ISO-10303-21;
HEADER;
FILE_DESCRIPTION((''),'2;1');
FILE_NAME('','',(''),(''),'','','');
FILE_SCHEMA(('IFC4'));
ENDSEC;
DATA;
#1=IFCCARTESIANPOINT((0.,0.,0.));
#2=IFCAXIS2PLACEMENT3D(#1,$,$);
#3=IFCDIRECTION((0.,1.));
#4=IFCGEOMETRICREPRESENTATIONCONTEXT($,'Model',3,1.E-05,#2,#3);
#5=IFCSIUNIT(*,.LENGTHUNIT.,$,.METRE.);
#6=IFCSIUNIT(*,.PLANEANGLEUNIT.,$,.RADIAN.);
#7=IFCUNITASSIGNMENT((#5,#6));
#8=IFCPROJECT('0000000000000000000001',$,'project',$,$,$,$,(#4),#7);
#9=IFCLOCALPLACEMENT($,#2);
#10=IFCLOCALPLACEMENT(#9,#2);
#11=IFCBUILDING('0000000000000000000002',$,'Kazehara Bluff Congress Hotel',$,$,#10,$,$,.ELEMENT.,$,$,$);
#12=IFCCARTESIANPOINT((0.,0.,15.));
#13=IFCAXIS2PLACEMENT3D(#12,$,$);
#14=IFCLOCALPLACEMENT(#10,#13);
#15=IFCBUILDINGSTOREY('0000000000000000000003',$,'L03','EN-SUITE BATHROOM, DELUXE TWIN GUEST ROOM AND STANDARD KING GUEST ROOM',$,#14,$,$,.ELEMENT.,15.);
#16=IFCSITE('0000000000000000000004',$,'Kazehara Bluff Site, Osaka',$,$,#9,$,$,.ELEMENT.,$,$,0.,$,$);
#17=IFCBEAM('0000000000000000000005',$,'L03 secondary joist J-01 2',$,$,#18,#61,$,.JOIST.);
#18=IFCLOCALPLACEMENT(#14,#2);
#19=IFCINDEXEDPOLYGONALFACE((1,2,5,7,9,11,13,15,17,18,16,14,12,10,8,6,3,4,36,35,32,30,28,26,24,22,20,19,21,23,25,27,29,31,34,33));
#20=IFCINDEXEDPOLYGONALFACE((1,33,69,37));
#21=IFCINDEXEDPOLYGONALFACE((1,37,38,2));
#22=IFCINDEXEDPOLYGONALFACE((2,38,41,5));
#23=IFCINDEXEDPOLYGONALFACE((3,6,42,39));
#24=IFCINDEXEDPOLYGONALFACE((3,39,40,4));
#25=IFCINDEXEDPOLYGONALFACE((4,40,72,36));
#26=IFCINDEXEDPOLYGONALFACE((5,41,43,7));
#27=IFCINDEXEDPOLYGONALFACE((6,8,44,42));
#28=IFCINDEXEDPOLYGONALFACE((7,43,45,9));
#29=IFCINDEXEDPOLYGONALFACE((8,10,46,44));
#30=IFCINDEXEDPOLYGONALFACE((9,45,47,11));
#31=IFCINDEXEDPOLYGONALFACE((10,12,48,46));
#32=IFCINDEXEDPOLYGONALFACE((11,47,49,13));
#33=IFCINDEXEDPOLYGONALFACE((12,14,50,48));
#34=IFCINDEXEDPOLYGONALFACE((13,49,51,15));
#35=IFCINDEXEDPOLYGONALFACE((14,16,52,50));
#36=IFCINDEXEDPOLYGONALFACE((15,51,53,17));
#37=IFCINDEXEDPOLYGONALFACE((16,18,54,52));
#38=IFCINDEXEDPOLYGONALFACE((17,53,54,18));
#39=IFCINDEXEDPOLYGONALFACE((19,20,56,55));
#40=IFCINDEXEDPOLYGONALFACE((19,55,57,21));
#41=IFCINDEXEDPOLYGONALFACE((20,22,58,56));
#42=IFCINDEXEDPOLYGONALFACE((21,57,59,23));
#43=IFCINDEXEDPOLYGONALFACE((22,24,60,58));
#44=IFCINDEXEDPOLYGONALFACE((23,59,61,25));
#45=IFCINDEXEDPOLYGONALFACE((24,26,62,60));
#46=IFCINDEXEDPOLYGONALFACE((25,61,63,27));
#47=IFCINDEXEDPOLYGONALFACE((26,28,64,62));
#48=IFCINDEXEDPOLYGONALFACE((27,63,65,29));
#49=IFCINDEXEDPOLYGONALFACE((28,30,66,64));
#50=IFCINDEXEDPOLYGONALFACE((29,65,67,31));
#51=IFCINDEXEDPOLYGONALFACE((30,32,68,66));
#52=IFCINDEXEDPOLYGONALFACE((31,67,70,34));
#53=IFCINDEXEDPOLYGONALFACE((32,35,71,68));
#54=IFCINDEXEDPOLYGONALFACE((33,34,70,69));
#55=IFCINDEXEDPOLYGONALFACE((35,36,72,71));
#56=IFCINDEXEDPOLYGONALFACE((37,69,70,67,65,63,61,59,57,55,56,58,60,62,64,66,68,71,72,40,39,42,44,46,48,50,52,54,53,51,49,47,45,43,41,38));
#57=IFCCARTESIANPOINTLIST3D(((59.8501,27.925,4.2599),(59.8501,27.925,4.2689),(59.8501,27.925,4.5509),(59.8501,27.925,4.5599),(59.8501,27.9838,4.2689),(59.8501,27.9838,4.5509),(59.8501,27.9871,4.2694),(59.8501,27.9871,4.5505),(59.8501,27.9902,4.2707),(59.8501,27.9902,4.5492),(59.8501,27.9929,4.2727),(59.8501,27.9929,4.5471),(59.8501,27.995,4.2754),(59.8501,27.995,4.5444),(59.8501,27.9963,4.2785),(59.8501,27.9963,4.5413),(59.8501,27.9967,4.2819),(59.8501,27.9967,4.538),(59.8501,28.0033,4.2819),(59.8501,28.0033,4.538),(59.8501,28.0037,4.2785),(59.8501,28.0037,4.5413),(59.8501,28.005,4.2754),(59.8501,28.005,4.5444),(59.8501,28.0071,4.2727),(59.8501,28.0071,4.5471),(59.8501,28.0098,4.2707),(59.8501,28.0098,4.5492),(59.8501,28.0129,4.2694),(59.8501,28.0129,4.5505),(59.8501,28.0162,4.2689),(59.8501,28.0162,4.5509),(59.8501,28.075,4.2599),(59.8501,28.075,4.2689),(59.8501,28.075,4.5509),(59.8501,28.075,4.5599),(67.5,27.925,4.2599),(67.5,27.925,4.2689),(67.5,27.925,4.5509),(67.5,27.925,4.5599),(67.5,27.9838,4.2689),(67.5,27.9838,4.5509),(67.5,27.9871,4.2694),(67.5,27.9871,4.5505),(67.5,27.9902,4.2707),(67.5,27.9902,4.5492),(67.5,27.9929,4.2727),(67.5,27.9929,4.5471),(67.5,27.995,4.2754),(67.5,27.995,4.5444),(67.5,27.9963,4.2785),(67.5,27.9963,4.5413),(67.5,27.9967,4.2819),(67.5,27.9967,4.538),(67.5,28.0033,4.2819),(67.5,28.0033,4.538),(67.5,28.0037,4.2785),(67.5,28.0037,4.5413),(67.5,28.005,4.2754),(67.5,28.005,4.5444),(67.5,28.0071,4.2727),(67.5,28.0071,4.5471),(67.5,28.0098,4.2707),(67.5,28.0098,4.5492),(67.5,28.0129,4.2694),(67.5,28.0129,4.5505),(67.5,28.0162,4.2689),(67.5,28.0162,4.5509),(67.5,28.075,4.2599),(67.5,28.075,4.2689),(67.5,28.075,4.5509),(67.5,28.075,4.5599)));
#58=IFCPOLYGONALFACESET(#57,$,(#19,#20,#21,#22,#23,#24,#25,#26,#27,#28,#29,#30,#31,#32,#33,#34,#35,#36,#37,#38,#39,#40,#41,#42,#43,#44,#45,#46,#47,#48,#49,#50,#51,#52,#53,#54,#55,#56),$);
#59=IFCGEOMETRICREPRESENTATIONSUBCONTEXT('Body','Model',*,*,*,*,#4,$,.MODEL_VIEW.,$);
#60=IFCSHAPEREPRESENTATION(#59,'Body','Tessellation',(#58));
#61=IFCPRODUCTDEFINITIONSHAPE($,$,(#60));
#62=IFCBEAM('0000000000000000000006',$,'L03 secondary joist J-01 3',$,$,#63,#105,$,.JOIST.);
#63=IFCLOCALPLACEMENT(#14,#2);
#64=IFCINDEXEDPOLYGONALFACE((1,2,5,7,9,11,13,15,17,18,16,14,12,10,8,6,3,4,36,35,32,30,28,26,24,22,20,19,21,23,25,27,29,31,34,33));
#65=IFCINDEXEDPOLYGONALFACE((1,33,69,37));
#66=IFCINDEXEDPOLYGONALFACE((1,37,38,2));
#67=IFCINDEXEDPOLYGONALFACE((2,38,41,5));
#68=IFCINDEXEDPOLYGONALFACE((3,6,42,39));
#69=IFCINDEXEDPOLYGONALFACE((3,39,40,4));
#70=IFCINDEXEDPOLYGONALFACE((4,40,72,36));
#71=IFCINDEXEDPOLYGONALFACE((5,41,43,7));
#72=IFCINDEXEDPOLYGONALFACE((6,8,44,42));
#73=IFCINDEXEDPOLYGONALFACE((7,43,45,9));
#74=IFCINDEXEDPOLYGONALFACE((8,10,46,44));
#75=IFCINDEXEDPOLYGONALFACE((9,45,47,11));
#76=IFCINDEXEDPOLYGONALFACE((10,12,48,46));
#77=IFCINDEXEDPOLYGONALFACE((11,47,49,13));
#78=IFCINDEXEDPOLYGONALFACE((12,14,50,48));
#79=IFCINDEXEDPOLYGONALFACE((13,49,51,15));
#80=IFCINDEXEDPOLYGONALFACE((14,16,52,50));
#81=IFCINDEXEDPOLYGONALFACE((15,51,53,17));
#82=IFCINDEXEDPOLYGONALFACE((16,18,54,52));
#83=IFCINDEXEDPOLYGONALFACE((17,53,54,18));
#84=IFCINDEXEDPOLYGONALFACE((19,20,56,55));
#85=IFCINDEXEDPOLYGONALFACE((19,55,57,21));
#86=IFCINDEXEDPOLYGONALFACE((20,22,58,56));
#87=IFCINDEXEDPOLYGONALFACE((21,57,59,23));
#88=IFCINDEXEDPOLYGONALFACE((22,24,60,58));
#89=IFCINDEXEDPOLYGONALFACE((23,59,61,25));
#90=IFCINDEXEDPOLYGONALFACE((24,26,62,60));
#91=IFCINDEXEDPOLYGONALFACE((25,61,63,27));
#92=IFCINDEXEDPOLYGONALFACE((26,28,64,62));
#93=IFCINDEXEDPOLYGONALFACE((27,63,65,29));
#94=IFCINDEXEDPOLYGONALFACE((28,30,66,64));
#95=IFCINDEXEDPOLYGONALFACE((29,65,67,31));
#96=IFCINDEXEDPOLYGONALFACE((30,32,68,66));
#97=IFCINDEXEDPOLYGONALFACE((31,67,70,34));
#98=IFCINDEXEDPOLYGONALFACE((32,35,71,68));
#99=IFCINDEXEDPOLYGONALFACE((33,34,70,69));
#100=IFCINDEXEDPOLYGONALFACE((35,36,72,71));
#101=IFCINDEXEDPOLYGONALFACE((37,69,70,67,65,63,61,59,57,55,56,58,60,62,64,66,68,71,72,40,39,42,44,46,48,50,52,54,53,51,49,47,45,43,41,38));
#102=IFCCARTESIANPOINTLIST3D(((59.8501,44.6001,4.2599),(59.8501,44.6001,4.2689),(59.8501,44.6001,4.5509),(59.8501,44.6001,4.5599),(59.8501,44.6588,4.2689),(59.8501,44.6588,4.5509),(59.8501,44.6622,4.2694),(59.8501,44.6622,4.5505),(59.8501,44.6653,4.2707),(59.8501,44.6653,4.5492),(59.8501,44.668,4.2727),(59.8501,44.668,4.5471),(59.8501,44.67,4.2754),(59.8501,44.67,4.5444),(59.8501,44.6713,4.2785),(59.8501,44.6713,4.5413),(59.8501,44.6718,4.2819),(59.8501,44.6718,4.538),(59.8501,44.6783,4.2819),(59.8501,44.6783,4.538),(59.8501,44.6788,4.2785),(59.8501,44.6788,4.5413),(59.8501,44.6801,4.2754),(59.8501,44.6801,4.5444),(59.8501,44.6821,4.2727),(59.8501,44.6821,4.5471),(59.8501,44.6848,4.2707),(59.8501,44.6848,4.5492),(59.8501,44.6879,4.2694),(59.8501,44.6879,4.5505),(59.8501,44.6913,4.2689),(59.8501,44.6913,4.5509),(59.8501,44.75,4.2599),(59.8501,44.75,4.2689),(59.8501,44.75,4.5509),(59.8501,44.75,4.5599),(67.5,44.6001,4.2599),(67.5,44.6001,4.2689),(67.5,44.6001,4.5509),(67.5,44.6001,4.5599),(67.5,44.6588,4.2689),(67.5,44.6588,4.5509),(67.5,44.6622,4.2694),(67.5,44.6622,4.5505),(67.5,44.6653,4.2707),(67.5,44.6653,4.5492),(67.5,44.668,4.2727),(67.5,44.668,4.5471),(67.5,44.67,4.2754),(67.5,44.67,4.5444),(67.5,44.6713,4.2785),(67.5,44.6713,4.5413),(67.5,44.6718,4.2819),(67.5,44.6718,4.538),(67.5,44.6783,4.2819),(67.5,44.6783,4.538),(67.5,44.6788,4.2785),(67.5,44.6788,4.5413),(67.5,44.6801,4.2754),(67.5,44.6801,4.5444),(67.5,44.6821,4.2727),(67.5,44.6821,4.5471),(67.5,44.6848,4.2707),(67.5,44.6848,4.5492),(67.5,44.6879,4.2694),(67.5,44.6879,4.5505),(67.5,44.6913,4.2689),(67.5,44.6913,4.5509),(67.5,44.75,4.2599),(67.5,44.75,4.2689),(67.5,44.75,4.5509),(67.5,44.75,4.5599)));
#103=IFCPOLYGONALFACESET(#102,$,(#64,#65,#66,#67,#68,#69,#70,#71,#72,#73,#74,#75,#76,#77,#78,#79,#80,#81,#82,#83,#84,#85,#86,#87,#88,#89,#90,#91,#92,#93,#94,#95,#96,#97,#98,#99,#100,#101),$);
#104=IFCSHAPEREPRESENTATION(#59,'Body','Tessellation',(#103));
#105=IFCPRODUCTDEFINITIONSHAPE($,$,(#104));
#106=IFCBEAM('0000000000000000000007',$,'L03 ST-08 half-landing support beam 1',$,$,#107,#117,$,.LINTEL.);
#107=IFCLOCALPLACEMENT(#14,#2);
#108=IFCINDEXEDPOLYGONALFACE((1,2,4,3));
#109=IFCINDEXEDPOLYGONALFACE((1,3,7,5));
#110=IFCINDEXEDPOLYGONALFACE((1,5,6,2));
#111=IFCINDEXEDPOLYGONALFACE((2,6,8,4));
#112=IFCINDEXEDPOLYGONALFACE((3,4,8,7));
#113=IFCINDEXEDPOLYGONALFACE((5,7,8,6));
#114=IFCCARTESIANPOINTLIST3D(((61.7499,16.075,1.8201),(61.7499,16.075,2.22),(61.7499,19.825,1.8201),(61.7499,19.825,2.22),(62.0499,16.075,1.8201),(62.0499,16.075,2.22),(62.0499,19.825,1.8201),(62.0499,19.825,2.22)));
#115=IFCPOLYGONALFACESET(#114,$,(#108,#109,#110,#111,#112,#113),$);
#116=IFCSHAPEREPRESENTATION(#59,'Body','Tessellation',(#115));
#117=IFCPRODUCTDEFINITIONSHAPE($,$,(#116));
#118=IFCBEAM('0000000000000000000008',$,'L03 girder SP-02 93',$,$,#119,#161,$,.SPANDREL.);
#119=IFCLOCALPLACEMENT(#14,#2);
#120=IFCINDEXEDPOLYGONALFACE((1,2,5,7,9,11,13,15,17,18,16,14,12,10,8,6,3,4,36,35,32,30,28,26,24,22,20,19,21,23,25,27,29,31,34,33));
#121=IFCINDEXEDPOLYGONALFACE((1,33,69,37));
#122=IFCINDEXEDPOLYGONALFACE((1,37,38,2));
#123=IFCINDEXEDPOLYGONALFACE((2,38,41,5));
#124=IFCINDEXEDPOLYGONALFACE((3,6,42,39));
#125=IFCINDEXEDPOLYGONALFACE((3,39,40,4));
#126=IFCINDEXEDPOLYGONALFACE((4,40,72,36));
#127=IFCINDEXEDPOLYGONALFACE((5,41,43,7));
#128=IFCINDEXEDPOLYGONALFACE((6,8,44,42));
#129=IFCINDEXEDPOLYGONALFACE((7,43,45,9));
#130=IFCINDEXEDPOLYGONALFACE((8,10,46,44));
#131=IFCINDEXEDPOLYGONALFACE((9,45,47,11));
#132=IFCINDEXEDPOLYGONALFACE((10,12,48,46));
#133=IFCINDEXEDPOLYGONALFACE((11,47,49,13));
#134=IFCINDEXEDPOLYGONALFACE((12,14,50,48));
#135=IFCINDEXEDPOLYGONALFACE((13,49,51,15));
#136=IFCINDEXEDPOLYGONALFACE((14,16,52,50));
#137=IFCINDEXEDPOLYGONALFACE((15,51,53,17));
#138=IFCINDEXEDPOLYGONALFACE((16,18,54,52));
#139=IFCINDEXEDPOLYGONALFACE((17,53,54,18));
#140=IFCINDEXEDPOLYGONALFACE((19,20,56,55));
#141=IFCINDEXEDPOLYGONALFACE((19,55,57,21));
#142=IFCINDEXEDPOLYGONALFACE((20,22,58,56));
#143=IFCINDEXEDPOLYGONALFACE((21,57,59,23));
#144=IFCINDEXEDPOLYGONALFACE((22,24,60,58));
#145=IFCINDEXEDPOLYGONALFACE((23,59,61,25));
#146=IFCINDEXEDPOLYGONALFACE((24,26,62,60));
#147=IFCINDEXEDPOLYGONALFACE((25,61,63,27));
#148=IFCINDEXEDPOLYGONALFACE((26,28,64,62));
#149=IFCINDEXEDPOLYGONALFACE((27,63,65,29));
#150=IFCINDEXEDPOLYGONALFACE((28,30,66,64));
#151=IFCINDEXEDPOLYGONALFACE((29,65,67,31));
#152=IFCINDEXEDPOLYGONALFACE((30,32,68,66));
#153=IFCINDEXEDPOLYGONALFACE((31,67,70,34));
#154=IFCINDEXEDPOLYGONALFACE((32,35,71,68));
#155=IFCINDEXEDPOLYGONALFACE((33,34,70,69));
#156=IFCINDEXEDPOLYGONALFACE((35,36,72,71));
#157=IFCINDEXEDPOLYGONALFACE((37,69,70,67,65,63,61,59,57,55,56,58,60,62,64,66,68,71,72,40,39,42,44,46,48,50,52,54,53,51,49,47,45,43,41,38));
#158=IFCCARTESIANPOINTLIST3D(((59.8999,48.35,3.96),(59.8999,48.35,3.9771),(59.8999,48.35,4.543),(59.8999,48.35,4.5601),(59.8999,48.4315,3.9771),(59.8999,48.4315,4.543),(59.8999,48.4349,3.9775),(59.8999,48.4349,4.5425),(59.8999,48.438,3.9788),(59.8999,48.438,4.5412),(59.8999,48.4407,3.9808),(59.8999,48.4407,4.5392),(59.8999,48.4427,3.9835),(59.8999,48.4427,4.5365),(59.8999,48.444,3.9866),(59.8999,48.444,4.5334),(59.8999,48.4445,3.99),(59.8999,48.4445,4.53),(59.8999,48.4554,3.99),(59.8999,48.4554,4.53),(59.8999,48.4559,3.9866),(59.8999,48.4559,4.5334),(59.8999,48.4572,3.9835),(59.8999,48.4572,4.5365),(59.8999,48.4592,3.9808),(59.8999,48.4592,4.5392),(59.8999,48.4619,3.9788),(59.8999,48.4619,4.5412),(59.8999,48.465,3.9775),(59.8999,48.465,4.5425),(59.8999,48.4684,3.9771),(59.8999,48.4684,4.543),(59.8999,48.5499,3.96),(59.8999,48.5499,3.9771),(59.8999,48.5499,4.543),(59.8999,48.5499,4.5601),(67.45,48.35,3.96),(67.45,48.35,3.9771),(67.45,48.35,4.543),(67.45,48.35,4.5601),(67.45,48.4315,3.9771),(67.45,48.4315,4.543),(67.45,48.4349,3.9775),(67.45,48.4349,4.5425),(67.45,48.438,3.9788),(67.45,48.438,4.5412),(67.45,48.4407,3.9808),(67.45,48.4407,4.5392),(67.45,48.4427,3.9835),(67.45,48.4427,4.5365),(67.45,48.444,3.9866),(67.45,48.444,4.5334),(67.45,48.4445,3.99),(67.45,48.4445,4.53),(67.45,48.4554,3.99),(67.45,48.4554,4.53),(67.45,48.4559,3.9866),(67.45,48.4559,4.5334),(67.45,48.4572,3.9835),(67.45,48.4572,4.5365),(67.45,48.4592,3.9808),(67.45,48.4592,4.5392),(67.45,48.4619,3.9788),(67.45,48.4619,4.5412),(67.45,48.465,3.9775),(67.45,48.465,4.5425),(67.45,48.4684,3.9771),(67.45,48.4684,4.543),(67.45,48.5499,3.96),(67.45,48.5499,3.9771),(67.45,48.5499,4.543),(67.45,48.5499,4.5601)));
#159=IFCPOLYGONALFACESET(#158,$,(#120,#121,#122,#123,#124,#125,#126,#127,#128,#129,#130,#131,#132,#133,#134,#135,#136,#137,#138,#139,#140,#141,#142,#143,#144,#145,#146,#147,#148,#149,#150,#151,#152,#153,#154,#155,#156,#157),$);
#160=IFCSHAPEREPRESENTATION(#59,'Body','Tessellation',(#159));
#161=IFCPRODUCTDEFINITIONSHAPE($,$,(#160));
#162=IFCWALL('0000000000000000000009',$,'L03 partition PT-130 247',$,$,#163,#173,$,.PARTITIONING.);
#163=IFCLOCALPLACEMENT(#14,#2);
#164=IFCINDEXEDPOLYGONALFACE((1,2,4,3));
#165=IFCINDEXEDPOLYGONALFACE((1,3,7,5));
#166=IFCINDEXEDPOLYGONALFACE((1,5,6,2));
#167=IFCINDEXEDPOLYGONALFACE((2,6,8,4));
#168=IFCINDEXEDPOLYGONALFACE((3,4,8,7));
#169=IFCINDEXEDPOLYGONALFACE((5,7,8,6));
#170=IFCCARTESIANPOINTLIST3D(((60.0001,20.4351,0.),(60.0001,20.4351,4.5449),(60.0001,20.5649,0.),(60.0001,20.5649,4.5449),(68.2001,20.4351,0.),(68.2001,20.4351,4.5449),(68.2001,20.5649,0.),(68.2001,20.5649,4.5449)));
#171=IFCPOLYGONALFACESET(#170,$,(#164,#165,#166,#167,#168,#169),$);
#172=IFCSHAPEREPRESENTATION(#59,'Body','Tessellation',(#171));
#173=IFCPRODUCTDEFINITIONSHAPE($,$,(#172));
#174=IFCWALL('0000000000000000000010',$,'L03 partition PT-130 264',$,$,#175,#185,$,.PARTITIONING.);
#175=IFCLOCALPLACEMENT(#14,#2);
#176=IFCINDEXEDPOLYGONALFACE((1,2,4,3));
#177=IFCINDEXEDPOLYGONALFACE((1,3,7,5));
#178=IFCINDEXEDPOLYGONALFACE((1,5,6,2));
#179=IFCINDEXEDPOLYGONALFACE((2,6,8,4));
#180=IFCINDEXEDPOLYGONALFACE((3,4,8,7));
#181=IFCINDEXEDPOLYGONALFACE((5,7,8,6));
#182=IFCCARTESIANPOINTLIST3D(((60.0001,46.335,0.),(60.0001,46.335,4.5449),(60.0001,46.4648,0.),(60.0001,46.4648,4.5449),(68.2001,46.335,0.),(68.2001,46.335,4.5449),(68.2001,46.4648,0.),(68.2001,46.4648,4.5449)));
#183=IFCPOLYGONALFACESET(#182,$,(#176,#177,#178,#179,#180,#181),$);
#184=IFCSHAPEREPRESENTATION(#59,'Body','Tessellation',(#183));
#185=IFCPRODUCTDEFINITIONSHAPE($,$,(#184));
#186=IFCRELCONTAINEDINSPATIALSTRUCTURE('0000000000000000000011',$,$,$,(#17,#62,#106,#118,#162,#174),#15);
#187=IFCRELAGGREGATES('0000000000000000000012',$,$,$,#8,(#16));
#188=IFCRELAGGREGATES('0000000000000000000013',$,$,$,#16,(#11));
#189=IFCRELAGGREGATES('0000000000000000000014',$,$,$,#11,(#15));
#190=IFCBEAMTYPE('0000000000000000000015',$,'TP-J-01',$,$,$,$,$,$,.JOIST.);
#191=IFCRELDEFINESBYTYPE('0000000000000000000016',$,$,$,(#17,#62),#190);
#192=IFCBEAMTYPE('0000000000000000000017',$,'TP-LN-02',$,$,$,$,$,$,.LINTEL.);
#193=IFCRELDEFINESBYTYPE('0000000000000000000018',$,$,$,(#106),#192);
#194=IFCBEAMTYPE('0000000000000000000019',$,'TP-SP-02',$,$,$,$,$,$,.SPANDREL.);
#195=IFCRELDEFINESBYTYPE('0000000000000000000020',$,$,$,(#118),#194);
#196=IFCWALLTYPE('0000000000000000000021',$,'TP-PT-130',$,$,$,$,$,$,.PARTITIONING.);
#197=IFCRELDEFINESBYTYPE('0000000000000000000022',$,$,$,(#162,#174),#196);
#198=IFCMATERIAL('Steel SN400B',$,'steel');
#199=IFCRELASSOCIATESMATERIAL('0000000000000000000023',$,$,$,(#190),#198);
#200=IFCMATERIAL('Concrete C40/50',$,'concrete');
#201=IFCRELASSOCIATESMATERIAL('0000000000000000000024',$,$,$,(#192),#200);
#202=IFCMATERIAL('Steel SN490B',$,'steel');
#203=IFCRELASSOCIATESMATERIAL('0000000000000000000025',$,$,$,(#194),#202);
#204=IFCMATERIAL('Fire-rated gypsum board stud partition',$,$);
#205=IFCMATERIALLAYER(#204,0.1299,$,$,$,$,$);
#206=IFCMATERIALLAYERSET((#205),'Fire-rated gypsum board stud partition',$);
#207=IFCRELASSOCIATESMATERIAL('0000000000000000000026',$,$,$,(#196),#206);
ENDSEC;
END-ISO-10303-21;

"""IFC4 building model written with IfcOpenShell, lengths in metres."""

from ifc_helpers import new_model, si_unit, direction, frame, frame_2d, origin, origin_2d, place, context, subcontext, project, spatial, rectangle, i_section, extrude, material, layer, layer_set, material_profile, profile_set, type_object, element, save


model = new_model("IFC4")

# Units and contexts
model_context = context("Model", 3, precision=1e-05, world=origin(), true_north=direction((0.0, 1.0)))
body_context = subcontext(model_context, "Body", "Model", "MODEL_VIEW")
ifc_project = project(units=[si_unit("LENGTHUNIT", "METRE"), si_unit("PLANEANGLEUNIT", "RADIAN")], contexts=[model_context])

# Site, building, storey
site_placement = place(None, origin())
site = spatial("IfcSite", under=ifc_project, at=site_placement, Name="Kazehara Bluff Site, Osaka", CompositionType="ELEMENT", RefElevation=0.0)
building_placement = place(site_placement, origin())
building = spatial("IfcBuilding", under=site, at=building_placement, Name="Kazehara Bluff Congress Hotel", CompositionType="ELEMENT")
storey_placement = place(building_placement, frame((0.0, 0.0, 15.0)))
storey = spatial("IfcBuildingStorey", under=building, at=storey_placement, Name="L03", Description="EN-SUITE BATHROOM, DELUXE TWIN GUEST ROOM AND STANDARD KING GUEST ROOM", CompositionType="ELEMENT", Elevation=15.0)

# Beams
ifc_material_1 = material(Name="Steel SN400B", Category="steel")
ifc_material_profile_1 = material_profile(ifc_material_1, i_section(OverallWidth=0.1499, OverallDepth=0.3, WebThickness=0.0066, FlangeThickness=0.009, FilletRadius=0.0129, at=origin_2d()))
ifc_profile_set_1 = profile_set([ifc_material_profile_1], Name="Steel SN400B")
beam_type_1 = type_object("IfcBeamType", Name="TP-J-01", PredefinedType="JOIST", material=ifc_profile_set_1)
for number, where, z_axis, x_axis, name in (
    (1, (59.8501, 28.0, 4.4099), (1.0, 0.0, 0.0), (0.0, 1.0, 0.0), "L03 secondary joist J-01 2"),
    (2, (59.8501, 44.675, 4.4099), (1.0, 0.0, 0.0), (0.0, 1.0, 0.0), "L03 secondary joist J-01 3"),
):
    element("IfcBeam", number, at=place(storey_placement, frame(where, z_axis=z_axis, x_axis=x_axis)), inside=storey, type_object=beam_type_1, Name=name, PredefinedType="JOIST", context=body_context, shape_type="SweptSolid", body=[
        extrude(i_section(OverallWidth=0.1499, OverallDepth=0.3, WebThickness=0.0066, FlangeThickness=0.009, FilletRadius=0.0129, at=origin_2d()), origin(), (0.0, 0.0, 1.0), 7.6499),
    ])
ifc_material_2 = material(Name="Concrete C40/50", Category="concrete")
ifc_material_profile_2 = material_profile(ifc_material_2, rectangle(XDim=0.3, YDim=0.3999, at=origin_2d()))
ifc_profile_set_2 = profile_set([ifc_material_profile_2], Name="Concrete C40/50")
beam_type_2 = type_object("IfcBeamType", Name="TP-LN-02", PredefinedType="LINTEL", material=ifc_profile_set_2)
beam_1_placement = place(storey_placement, frame((61.8999, 19.825, 2.02), z_axis=(0.0, -1.0, 0.0), x_axis=(1.0, 0.0, 0.0)))
element("IfcBeam", 3, at=beam_1_placement, inside=storey, type_object=beam_type_2, Name="L03 ST-08 half-landing support beam 1", PredefinedType="LINTEL", context=body_context, shape_type="SweptSolid", body=[
    extrude(rectangle(XDim=0.3, YDim=0.3999, at=origin_2d()), origin(), (0.0, 0.0, 1.0), 3.75),
])
ifc_material_3 = material(Name="Steel SN490B", Category="steel")
ifc_material_profile_3 = material_profile(ifc_material_3, i_section(OverallWidth=0.2, OverallDepth=0.6001, WebThickness=0.011, FlangeThickness=0.0171, FilletRadius=0.0129, at=origin_2d()))
ifc_profile_set_3 = profile_set([ifc_material_profile_3], Name="Steel SN490B")
beam_type_3 = type_object("IfcBeamType", Name="TP-SP-02", PredefinedType="SPANDREL", material=ifc_profile_set_3)
beam_2_placement = place(storey_placement, frame((59.8999, 48.45, 4.26), z_axis=(1.0, 0.0, 0.0), x_axis=(0.0, 1.0, 0.0)))
element("IfcBeam", 4, at=beam_2_placement, inside=storey, type_object=beam_type_3, Name="L03 girder SP-02 93", PredefinedType="SPANDREL", context=body_context, shape_type="SweptSolid", body=[
    extrude(i_section(OverallWidth=0.2, OverallDepth=0.6001, WebThickness=0.011, FlangeThickness=0.0171, FilletRadius=0.0129, at=origin_2d()), origin(), (0.0, 0.0, 1.0), 7.55),
])

# Walls
ifc_material_4 = material(Name="Fire-rated gypsum board stud partition")
ifc_layer_1 = layer(ifc_material_4, 0.1299)
ifc_layer_set_1 = layer_set([ifc_layer_1], Name="Fire-rated gypsum board stud partition")
wall_type_1 = type_object("IfcWallType", Name="TP-PT-130", PredefinedType="PARTITIONING", material=ifc_layer_set_1)
for number, where, z_axis, x_axis, name in (
    (5, (60.0, 20.5, 0.0), (0.0, 0.0, 1.0), (1.0, 0.0, 0.0), "L03 partition PT-130 247"),
    (6, (60.0, 46.3999, 0.0), (0.0, 0.0, 1.0), (1.0, 0.0, 0.0), "L03 partition PT-130 264"),
):
    element("IfcWall", number, at=place(storey_placement, frame(where, z_axis=z_axis, x_axis=x_axis)), inside=storey, type_object=wall_type_1, Name=name, PredefinedType="PARTITIONING", context=body_context, shape_type="SweptSolid", body=[
        extrude(rectangle(XDim=8.2, YDim=0.1299, at=frame_2d((4.1001, 0.0))), origin(), (0.0, 0.0, 1.0), 4.5449),
    ])

save(model, "model.ifc")
